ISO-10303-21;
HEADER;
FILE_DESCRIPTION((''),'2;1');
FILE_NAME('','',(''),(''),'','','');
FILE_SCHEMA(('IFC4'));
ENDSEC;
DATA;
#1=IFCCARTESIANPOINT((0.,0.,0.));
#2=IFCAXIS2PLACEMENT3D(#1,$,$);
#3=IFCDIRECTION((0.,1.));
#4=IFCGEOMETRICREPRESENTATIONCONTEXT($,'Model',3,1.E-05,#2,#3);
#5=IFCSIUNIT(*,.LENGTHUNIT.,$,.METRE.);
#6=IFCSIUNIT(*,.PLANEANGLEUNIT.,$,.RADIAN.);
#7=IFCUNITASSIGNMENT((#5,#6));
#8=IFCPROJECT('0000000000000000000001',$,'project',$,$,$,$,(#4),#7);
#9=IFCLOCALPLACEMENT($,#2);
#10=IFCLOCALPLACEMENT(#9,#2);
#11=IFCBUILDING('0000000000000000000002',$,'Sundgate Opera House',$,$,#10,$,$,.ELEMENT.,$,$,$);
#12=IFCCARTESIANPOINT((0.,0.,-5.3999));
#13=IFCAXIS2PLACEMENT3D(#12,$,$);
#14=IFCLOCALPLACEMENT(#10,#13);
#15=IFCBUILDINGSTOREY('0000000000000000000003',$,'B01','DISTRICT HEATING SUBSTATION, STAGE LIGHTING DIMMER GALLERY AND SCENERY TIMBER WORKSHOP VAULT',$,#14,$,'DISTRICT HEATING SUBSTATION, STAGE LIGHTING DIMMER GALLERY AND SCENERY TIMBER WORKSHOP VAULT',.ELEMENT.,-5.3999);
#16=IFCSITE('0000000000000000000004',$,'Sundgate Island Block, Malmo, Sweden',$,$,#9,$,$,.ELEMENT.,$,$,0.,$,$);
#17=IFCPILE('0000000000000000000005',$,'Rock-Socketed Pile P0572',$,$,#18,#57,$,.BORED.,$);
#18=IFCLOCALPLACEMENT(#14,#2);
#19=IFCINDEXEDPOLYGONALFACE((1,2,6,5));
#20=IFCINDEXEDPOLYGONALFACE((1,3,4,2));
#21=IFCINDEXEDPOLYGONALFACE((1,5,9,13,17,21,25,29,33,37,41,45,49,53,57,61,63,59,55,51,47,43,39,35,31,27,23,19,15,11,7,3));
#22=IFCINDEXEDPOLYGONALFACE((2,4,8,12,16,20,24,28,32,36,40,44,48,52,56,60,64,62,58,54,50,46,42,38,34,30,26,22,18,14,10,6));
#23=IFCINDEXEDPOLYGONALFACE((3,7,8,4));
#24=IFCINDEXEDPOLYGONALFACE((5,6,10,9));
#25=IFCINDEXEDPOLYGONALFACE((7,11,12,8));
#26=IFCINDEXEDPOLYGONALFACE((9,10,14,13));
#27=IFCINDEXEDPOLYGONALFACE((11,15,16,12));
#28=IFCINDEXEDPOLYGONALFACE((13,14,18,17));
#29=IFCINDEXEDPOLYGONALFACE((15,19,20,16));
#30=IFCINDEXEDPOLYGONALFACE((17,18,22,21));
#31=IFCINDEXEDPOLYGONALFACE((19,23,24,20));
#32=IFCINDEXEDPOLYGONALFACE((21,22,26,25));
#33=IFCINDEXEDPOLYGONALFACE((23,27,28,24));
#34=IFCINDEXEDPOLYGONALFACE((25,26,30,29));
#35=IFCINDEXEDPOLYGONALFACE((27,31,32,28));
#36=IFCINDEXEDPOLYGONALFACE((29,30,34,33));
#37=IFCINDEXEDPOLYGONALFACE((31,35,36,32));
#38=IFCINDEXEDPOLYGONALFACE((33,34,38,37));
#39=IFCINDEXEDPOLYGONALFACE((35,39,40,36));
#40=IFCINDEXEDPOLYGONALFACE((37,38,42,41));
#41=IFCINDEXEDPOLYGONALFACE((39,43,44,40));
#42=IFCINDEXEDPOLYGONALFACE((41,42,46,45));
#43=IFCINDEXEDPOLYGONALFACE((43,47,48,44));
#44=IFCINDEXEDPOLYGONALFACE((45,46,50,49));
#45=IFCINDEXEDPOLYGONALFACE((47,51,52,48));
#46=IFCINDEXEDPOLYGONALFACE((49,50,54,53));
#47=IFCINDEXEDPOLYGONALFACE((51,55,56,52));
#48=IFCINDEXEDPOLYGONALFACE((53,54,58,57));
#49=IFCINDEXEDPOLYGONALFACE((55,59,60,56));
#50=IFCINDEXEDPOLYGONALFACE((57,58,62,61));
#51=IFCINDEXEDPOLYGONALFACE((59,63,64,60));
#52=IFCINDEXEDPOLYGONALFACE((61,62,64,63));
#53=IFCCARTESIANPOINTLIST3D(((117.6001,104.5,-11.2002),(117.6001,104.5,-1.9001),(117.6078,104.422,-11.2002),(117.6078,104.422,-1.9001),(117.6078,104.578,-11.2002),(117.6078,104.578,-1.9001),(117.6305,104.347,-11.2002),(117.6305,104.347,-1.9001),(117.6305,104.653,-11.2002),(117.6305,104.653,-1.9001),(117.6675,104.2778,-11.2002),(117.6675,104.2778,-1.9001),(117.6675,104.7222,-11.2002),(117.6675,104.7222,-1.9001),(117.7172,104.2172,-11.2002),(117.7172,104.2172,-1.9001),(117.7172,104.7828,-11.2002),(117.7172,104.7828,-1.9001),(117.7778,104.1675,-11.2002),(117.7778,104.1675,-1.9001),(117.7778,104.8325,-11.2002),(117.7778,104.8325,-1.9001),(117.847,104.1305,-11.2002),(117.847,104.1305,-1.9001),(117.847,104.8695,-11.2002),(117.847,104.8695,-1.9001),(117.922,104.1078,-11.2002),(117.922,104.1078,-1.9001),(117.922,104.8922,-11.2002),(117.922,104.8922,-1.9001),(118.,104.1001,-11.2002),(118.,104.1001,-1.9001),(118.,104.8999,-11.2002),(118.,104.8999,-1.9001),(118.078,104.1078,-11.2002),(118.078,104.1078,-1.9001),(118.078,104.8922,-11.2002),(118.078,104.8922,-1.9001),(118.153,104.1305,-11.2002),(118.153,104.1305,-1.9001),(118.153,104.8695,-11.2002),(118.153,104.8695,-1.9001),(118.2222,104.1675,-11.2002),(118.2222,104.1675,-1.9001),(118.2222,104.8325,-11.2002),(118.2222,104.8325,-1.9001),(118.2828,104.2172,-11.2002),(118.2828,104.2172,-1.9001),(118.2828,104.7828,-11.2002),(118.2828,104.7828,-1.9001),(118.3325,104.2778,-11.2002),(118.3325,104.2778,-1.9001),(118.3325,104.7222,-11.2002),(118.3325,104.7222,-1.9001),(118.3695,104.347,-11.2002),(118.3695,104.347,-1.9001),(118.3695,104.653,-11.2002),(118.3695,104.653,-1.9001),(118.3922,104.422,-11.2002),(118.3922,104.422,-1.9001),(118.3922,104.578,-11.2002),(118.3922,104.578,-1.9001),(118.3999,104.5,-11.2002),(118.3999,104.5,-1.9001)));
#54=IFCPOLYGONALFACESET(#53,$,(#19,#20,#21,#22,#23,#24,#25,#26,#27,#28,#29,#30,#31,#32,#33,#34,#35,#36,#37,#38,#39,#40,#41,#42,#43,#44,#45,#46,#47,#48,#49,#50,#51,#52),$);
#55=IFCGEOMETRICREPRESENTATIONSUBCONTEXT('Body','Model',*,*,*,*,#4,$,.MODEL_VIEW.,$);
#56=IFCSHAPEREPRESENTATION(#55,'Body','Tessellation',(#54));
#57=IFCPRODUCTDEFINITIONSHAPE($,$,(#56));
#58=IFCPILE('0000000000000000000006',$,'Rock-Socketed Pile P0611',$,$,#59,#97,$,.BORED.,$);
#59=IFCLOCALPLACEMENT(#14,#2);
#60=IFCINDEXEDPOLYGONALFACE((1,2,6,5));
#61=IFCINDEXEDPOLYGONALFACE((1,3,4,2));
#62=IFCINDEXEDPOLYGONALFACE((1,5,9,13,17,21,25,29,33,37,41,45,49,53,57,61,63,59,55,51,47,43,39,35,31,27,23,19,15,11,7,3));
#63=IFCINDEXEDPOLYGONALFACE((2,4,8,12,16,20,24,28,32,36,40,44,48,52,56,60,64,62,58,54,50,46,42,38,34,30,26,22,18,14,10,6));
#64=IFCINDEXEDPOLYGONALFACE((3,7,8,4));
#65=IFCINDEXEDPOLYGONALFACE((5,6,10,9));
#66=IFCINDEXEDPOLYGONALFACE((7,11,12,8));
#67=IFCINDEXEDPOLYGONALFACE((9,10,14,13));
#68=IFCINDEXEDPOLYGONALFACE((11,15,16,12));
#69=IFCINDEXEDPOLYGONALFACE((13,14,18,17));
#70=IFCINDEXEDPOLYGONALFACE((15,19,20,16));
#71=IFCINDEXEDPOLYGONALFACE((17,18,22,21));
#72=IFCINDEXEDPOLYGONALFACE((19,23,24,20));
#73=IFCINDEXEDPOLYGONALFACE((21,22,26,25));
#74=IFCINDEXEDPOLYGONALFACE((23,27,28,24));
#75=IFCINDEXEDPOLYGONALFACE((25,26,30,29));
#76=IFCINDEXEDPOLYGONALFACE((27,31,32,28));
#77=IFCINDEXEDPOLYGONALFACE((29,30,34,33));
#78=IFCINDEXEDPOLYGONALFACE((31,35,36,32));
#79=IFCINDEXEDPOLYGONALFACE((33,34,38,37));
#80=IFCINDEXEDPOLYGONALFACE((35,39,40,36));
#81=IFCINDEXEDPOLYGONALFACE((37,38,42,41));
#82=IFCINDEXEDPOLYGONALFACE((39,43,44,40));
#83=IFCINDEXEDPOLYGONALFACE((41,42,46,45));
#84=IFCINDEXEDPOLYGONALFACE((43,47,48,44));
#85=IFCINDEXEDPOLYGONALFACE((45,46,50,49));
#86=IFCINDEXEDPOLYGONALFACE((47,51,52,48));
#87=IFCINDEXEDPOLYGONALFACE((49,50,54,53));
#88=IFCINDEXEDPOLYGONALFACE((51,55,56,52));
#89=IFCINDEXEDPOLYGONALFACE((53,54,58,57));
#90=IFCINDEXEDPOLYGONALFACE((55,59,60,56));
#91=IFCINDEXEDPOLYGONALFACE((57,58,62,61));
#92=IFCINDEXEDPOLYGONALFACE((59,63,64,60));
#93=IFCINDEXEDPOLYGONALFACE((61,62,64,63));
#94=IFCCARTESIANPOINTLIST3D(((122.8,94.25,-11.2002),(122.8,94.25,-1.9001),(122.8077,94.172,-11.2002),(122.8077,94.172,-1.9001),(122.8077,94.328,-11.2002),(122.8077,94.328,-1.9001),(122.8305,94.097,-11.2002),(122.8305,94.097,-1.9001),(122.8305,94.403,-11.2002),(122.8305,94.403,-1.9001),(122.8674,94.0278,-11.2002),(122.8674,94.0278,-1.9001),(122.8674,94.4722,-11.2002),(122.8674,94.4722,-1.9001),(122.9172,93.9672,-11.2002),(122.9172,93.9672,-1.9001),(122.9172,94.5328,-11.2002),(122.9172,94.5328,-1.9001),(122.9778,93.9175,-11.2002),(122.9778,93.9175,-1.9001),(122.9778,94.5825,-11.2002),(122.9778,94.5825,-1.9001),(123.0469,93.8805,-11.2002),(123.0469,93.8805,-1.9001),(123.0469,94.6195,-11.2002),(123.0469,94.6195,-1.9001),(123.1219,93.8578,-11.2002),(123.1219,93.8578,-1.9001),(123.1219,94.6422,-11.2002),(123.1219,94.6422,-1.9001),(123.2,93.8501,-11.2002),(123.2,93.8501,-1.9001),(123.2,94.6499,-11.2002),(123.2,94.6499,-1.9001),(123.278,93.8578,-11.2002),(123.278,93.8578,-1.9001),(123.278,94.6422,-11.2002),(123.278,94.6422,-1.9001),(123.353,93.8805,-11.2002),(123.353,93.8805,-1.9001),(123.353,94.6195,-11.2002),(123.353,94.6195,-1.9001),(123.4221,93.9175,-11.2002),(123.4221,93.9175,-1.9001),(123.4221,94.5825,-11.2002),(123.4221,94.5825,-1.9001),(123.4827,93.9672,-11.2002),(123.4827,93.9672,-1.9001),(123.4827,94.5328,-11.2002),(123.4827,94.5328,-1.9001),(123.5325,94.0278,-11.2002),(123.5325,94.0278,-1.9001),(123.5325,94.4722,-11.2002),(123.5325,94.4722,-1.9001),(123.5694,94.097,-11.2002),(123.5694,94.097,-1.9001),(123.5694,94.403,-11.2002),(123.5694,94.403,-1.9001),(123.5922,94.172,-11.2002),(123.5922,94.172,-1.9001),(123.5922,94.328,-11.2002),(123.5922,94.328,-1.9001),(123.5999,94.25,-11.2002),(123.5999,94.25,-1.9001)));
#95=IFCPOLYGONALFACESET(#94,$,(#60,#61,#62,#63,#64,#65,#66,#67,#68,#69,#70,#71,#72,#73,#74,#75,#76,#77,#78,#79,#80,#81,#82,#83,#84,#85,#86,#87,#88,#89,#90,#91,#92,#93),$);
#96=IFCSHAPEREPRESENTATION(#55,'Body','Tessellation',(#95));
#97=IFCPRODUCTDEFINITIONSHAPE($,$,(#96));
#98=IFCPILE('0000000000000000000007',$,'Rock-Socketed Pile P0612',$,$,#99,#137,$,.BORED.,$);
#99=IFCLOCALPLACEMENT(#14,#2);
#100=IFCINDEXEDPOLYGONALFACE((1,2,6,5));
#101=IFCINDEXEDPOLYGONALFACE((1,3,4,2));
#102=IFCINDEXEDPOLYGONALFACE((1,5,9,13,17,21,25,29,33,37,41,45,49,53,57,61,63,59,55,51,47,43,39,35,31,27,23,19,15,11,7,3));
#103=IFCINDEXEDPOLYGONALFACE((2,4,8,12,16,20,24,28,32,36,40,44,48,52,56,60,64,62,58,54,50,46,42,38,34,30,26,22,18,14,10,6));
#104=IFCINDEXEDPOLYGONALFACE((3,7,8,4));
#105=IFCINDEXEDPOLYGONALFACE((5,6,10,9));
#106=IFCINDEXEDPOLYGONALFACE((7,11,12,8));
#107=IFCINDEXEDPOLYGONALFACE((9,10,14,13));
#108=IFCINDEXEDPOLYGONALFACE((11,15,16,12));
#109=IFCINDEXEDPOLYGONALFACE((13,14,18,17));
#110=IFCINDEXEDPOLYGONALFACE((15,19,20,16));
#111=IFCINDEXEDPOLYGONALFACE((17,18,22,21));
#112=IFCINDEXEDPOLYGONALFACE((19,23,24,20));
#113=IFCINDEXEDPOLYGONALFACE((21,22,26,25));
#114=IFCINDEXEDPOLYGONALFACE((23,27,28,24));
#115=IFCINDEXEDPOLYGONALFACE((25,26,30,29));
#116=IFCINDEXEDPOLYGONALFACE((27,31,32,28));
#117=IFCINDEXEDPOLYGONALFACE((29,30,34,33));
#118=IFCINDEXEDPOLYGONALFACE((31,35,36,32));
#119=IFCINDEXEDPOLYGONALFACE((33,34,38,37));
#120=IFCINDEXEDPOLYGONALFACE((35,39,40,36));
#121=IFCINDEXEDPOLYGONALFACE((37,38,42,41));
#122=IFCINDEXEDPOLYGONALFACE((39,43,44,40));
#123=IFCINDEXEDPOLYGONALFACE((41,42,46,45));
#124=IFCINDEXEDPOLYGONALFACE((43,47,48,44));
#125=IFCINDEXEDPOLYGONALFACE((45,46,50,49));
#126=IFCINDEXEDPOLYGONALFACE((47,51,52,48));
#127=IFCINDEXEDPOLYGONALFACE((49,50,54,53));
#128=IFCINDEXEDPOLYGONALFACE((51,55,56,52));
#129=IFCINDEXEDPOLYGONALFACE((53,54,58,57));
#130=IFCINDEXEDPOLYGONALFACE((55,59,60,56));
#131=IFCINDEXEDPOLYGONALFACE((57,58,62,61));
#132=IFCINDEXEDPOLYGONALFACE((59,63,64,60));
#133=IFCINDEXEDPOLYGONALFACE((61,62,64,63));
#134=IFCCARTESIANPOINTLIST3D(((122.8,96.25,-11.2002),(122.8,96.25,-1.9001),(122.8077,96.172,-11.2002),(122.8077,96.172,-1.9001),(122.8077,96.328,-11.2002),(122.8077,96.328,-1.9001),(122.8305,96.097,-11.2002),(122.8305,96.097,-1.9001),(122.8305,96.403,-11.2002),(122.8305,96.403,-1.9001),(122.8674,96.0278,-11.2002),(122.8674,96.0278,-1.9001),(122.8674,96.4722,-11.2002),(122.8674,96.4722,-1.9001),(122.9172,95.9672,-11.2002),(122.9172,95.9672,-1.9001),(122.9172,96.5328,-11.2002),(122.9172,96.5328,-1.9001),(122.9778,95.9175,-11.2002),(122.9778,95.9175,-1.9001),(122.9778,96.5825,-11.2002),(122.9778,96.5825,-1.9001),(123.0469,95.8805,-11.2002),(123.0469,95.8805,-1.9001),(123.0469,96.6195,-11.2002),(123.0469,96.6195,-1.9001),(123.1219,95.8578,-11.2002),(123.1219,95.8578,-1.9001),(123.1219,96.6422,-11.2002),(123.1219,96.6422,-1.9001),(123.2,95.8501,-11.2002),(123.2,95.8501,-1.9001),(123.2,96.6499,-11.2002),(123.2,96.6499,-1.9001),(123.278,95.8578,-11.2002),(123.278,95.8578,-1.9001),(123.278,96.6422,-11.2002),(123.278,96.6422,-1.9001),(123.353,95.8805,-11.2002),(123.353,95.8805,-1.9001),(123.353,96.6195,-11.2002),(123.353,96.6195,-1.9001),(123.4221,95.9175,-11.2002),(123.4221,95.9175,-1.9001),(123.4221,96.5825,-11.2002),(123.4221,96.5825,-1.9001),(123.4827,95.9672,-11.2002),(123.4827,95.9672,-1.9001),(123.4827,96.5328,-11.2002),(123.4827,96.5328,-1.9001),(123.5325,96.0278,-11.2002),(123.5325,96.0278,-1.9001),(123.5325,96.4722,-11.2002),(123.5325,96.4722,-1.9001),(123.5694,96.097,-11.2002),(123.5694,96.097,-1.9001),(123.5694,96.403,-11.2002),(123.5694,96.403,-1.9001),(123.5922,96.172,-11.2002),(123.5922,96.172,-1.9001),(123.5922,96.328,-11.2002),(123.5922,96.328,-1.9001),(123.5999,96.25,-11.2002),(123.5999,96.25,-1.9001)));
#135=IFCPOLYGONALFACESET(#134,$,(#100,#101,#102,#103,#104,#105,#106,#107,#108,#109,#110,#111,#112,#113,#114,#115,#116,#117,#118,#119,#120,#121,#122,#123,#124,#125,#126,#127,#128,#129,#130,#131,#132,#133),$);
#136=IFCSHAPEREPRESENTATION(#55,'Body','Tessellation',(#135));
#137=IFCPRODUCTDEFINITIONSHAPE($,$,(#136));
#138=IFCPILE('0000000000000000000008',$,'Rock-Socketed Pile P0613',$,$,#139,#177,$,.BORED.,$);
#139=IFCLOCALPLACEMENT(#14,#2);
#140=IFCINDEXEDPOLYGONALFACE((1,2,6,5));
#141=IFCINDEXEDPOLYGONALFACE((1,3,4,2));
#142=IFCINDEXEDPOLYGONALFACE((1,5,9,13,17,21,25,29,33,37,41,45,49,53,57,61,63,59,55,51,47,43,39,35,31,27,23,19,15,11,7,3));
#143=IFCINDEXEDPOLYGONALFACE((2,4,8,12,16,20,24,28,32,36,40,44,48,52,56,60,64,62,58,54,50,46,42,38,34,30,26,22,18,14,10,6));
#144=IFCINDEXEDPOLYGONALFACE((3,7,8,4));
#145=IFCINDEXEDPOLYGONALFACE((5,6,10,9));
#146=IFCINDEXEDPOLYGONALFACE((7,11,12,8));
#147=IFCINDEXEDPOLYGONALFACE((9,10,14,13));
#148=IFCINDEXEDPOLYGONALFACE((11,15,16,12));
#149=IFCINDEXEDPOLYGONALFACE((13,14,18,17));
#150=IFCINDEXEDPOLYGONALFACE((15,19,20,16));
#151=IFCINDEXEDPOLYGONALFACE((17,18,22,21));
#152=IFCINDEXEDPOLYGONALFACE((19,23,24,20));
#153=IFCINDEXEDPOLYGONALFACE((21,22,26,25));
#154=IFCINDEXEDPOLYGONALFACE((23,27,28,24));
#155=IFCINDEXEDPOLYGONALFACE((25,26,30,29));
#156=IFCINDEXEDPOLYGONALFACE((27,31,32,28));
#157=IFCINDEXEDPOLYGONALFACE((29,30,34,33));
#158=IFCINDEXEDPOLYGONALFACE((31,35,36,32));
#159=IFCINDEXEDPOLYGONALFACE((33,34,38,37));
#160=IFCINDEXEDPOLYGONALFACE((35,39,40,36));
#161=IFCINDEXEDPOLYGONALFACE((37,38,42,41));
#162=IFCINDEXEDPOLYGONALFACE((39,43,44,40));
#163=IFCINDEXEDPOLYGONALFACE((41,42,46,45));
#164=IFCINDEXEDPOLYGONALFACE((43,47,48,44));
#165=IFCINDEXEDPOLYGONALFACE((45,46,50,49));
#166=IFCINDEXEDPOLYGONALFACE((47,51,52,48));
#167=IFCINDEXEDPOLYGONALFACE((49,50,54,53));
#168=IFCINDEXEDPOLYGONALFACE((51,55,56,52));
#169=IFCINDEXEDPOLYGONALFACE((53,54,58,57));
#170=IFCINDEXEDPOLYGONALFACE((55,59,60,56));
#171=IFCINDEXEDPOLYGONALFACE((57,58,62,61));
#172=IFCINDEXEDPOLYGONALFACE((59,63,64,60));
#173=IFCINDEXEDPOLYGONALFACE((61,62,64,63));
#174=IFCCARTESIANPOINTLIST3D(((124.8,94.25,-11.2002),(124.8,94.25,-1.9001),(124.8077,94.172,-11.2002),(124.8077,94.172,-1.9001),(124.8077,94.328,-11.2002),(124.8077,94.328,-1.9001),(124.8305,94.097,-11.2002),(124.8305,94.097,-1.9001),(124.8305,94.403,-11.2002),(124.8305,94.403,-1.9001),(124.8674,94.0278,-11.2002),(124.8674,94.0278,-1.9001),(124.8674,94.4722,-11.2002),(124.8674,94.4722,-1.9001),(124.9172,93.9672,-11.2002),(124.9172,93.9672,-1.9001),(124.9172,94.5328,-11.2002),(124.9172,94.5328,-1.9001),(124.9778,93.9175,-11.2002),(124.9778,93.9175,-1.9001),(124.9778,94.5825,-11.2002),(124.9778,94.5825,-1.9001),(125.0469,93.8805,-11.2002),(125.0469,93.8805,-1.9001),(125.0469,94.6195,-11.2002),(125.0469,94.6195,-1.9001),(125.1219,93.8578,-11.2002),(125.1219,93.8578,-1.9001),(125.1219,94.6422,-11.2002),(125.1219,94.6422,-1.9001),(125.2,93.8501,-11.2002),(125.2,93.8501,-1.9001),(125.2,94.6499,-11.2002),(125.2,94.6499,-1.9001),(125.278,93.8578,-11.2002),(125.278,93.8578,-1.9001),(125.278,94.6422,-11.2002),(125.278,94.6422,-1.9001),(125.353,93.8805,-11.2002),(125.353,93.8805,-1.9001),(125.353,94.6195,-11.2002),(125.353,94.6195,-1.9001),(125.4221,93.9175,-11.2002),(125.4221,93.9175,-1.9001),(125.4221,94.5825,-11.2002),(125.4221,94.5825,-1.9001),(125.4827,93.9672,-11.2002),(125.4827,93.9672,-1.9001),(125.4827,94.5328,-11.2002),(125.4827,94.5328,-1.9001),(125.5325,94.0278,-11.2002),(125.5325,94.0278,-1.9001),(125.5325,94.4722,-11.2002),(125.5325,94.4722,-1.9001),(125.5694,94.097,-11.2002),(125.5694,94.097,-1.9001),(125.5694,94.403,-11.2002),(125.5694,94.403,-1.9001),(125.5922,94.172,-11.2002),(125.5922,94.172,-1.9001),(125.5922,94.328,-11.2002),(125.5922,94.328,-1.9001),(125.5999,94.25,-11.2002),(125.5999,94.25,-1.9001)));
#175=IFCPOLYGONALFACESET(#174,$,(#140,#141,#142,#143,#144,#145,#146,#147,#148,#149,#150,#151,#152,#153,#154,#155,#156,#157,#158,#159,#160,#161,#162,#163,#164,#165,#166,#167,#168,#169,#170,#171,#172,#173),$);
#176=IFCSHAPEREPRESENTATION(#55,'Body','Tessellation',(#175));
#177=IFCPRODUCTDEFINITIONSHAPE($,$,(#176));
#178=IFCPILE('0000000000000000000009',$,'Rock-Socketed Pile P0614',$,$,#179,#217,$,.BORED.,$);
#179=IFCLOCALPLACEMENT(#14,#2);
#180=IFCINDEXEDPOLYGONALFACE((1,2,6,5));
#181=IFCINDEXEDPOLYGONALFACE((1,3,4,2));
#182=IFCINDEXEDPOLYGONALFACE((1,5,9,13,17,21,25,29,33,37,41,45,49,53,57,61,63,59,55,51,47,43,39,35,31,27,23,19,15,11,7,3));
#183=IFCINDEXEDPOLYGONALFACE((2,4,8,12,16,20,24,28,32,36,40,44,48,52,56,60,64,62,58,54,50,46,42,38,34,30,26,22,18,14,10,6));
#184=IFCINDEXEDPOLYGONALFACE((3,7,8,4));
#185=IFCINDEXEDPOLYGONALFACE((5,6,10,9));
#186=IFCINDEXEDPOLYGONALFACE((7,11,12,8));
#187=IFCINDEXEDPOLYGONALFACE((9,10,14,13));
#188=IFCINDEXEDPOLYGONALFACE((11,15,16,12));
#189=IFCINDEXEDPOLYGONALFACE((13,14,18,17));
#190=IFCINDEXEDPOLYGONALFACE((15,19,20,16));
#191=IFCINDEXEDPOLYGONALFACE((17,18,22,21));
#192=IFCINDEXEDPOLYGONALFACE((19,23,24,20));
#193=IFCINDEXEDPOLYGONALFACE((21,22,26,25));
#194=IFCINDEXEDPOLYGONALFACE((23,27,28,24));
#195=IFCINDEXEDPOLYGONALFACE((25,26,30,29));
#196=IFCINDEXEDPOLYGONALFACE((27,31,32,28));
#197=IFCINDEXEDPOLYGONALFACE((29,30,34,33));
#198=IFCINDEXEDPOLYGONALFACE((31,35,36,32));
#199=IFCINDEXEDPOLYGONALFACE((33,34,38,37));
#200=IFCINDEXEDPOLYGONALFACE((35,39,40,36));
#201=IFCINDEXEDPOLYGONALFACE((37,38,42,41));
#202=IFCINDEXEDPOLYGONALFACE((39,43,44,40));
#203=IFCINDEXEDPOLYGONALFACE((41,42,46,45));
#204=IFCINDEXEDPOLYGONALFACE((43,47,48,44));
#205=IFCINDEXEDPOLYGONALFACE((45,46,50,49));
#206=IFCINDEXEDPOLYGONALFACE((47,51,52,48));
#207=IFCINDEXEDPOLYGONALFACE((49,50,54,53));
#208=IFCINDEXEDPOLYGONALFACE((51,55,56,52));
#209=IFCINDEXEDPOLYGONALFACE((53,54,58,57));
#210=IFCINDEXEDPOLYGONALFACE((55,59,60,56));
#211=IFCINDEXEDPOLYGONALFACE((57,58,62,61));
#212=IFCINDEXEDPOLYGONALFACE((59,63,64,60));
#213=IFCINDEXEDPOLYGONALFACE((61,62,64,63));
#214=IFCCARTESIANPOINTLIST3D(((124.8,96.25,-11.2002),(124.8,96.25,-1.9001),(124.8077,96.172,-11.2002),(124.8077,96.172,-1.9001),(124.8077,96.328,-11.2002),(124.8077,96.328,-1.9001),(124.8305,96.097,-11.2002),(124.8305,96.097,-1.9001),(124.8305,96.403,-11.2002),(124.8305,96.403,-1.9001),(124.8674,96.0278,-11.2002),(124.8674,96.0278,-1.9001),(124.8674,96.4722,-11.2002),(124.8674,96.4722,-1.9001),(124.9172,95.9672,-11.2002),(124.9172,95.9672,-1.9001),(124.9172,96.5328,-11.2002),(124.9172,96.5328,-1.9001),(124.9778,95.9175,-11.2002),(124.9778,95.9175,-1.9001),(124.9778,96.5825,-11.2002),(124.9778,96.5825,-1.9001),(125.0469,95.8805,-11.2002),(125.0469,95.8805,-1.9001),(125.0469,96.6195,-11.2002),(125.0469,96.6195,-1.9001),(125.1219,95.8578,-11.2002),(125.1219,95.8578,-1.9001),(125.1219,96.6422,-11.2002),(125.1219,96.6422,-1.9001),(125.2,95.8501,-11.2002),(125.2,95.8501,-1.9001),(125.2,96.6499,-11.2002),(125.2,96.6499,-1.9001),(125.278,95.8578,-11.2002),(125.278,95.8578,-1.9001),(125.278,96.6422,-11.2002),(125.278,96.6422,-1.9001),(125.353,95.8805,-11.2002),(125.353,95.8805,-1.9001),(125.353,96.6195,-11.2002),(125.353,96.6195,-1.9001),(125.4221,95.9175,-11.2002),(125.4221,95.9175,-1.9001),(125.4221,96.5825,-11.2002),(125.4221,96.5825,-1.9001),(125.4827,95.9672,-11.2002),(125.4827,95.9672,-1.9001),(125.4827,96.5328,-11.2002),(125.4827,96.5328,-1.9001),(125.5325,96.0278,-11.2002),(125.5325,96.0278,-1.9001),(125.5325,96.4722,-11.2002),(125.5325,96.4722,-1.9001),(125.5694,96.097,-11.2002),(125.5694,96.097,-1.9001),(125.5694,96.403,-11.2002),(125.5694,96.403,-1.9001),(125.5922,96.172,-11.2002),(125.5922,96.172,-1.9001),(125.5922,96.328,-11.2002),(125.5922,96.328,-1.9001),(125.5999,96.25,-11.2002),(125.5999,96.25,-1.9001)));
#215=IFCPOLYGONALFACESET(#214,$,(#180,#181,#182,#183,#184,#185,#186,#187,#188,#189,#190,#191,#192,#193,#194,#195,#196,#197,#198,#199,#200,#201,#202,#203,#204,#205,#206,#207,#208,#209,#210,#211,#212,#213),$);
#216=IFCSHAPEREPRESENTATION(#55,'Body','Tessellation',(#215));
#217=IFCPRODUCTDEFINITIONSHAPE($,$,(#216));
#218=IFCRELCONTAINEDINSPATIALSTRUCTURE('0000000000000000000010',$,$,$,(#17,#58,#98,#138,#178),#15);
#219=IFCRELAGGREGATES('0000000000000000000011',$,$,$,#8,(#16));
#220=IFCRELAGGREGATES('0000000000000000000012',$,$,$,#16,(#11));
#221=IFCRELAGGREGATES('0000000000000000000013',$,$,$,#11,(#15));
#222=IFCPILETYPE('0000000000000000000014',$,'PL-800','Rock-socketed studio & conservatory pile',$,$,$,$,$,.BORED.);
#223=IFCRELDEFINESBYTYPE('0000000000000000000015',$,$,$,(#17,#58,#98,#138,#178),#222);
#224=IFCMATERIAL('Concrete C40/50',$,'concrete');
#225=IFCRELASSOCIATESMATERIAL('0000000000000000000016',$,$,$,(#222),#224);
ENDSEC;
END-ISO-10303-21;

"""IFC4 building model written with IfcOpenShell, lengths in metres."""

from ifc_helpers import new_model, si_unit, direction, frame, origin, origin_2d, place, context, subcontext, project, spatial, circle, extrude, material, material_profile, profile_set, type_object, element, save


model = new_model("IFC4")

# Units and contexts
model_context = context("Model", 3, precision=1e-05, world=origin(), true_north=direction((0.0, 1.0)))
body_context = subcontext(model_context, "Body", "Model", "MODEL_VIEW")
ifc_project = project(units=[si_unit("LENGTHUNIT", "METRE"), si_unit("PLANEANGLEUNIT", "RADIAN")], contexts=[model_context])

# Site, building, storey
site_placement = place(None, origin())
site = spatial("IfcSite", under=ifc_project, at=site_placement, Name="Sundgate Island Block, Malmo, Sweden", CompositionType="ELEMENT", RefElevation=0.0)
building_placement = place(site_placement, origin())
building = spatial("IfcBuilding", under=site, at=building_placement, Name="Sundgate Opera House", CompositionType="ELEMENT")
storey_placement = place(building_placement, frame((0.0, 0.0, -5.3999)))
storey = spatial("IfcBuildingStorey", under=building, at=storey_placement, Name="B01", Description="DISTRICT HEATING SUBSTATION, STAGE LIGHTING DIMMER GALLERY AND SCENERY TIMBER WORKSHOP VAULT", LongName="DISTRICT HEATING SUBSTATION, STAGE LIGHTING DIMMER GALLERY AND SCENERY TIMBER WORKSHOP VAULT", CompositionType="ELEMENT", Elevation=-5.3999)

# Piles
ifc_material_1 = material(Name="Concrete C40/50", Category="concrete")
ifc_material_profile_1 = material_profile(ifc_material_1, circle(Radius=0.3999, at=origin_2d()), Name="PILE D800")
ifc_profile_set_1 = profile_set([ifc_material_profile_1], Name="Concrete C40/50")
pile_type = type_object("IfcPileType", Name="PL-800", Description="Rock-socketed studio & conservatory pile", PredefinedType="BORED", material=ifc_profile_set_1)
for number, where, z_axis, x_axis, name in (
    (1, (118.0, 104.5, -1.9001), (0.0, 0.0, -1.0), (1.0, 0.0, 0.0), "Rock-Socketed Pile P0572"),
    (2, (123.2, 94.25, -1.9001), (0.0, 0.0, -1.0), (1.0, 0.0, 0.0), "Rock-Socketed Pile P0611"),
    (3, (123.2, 96.25, -1.9001), (0.0, 0.0, -1.0), (1.0, 0.0, 0.0), "Rock-Socketed Pile P0612"),
    (4, (125.2, 94.25, -1.9001), (0.0, 0.0, -1.0), (1.0, 0.0, 0.0), "Rock-Socketed Pile P0613"),
    (5, (125.2, 96.25, -1.9001), (0.0, 0.0, -1.0), (1.0, 0.0, 0.0), "Rock-Socketed Pile P0614"),
):
    element("IfcPile", number, at=place(storey_placement, frame(where, z_axis=z_axis, x_axis=x_axis)), inside=storey, type_object=pile_type, Name=name, PredefinedType="BORED", context=body_context, shape_type="SweptSolid", body=[
        extrude(circle(Radius=0.3999, at=origin_2d()), origin(), (0.0, 0.0, 1.0), 9.3),
    ])

save(model, "model.ifc")
